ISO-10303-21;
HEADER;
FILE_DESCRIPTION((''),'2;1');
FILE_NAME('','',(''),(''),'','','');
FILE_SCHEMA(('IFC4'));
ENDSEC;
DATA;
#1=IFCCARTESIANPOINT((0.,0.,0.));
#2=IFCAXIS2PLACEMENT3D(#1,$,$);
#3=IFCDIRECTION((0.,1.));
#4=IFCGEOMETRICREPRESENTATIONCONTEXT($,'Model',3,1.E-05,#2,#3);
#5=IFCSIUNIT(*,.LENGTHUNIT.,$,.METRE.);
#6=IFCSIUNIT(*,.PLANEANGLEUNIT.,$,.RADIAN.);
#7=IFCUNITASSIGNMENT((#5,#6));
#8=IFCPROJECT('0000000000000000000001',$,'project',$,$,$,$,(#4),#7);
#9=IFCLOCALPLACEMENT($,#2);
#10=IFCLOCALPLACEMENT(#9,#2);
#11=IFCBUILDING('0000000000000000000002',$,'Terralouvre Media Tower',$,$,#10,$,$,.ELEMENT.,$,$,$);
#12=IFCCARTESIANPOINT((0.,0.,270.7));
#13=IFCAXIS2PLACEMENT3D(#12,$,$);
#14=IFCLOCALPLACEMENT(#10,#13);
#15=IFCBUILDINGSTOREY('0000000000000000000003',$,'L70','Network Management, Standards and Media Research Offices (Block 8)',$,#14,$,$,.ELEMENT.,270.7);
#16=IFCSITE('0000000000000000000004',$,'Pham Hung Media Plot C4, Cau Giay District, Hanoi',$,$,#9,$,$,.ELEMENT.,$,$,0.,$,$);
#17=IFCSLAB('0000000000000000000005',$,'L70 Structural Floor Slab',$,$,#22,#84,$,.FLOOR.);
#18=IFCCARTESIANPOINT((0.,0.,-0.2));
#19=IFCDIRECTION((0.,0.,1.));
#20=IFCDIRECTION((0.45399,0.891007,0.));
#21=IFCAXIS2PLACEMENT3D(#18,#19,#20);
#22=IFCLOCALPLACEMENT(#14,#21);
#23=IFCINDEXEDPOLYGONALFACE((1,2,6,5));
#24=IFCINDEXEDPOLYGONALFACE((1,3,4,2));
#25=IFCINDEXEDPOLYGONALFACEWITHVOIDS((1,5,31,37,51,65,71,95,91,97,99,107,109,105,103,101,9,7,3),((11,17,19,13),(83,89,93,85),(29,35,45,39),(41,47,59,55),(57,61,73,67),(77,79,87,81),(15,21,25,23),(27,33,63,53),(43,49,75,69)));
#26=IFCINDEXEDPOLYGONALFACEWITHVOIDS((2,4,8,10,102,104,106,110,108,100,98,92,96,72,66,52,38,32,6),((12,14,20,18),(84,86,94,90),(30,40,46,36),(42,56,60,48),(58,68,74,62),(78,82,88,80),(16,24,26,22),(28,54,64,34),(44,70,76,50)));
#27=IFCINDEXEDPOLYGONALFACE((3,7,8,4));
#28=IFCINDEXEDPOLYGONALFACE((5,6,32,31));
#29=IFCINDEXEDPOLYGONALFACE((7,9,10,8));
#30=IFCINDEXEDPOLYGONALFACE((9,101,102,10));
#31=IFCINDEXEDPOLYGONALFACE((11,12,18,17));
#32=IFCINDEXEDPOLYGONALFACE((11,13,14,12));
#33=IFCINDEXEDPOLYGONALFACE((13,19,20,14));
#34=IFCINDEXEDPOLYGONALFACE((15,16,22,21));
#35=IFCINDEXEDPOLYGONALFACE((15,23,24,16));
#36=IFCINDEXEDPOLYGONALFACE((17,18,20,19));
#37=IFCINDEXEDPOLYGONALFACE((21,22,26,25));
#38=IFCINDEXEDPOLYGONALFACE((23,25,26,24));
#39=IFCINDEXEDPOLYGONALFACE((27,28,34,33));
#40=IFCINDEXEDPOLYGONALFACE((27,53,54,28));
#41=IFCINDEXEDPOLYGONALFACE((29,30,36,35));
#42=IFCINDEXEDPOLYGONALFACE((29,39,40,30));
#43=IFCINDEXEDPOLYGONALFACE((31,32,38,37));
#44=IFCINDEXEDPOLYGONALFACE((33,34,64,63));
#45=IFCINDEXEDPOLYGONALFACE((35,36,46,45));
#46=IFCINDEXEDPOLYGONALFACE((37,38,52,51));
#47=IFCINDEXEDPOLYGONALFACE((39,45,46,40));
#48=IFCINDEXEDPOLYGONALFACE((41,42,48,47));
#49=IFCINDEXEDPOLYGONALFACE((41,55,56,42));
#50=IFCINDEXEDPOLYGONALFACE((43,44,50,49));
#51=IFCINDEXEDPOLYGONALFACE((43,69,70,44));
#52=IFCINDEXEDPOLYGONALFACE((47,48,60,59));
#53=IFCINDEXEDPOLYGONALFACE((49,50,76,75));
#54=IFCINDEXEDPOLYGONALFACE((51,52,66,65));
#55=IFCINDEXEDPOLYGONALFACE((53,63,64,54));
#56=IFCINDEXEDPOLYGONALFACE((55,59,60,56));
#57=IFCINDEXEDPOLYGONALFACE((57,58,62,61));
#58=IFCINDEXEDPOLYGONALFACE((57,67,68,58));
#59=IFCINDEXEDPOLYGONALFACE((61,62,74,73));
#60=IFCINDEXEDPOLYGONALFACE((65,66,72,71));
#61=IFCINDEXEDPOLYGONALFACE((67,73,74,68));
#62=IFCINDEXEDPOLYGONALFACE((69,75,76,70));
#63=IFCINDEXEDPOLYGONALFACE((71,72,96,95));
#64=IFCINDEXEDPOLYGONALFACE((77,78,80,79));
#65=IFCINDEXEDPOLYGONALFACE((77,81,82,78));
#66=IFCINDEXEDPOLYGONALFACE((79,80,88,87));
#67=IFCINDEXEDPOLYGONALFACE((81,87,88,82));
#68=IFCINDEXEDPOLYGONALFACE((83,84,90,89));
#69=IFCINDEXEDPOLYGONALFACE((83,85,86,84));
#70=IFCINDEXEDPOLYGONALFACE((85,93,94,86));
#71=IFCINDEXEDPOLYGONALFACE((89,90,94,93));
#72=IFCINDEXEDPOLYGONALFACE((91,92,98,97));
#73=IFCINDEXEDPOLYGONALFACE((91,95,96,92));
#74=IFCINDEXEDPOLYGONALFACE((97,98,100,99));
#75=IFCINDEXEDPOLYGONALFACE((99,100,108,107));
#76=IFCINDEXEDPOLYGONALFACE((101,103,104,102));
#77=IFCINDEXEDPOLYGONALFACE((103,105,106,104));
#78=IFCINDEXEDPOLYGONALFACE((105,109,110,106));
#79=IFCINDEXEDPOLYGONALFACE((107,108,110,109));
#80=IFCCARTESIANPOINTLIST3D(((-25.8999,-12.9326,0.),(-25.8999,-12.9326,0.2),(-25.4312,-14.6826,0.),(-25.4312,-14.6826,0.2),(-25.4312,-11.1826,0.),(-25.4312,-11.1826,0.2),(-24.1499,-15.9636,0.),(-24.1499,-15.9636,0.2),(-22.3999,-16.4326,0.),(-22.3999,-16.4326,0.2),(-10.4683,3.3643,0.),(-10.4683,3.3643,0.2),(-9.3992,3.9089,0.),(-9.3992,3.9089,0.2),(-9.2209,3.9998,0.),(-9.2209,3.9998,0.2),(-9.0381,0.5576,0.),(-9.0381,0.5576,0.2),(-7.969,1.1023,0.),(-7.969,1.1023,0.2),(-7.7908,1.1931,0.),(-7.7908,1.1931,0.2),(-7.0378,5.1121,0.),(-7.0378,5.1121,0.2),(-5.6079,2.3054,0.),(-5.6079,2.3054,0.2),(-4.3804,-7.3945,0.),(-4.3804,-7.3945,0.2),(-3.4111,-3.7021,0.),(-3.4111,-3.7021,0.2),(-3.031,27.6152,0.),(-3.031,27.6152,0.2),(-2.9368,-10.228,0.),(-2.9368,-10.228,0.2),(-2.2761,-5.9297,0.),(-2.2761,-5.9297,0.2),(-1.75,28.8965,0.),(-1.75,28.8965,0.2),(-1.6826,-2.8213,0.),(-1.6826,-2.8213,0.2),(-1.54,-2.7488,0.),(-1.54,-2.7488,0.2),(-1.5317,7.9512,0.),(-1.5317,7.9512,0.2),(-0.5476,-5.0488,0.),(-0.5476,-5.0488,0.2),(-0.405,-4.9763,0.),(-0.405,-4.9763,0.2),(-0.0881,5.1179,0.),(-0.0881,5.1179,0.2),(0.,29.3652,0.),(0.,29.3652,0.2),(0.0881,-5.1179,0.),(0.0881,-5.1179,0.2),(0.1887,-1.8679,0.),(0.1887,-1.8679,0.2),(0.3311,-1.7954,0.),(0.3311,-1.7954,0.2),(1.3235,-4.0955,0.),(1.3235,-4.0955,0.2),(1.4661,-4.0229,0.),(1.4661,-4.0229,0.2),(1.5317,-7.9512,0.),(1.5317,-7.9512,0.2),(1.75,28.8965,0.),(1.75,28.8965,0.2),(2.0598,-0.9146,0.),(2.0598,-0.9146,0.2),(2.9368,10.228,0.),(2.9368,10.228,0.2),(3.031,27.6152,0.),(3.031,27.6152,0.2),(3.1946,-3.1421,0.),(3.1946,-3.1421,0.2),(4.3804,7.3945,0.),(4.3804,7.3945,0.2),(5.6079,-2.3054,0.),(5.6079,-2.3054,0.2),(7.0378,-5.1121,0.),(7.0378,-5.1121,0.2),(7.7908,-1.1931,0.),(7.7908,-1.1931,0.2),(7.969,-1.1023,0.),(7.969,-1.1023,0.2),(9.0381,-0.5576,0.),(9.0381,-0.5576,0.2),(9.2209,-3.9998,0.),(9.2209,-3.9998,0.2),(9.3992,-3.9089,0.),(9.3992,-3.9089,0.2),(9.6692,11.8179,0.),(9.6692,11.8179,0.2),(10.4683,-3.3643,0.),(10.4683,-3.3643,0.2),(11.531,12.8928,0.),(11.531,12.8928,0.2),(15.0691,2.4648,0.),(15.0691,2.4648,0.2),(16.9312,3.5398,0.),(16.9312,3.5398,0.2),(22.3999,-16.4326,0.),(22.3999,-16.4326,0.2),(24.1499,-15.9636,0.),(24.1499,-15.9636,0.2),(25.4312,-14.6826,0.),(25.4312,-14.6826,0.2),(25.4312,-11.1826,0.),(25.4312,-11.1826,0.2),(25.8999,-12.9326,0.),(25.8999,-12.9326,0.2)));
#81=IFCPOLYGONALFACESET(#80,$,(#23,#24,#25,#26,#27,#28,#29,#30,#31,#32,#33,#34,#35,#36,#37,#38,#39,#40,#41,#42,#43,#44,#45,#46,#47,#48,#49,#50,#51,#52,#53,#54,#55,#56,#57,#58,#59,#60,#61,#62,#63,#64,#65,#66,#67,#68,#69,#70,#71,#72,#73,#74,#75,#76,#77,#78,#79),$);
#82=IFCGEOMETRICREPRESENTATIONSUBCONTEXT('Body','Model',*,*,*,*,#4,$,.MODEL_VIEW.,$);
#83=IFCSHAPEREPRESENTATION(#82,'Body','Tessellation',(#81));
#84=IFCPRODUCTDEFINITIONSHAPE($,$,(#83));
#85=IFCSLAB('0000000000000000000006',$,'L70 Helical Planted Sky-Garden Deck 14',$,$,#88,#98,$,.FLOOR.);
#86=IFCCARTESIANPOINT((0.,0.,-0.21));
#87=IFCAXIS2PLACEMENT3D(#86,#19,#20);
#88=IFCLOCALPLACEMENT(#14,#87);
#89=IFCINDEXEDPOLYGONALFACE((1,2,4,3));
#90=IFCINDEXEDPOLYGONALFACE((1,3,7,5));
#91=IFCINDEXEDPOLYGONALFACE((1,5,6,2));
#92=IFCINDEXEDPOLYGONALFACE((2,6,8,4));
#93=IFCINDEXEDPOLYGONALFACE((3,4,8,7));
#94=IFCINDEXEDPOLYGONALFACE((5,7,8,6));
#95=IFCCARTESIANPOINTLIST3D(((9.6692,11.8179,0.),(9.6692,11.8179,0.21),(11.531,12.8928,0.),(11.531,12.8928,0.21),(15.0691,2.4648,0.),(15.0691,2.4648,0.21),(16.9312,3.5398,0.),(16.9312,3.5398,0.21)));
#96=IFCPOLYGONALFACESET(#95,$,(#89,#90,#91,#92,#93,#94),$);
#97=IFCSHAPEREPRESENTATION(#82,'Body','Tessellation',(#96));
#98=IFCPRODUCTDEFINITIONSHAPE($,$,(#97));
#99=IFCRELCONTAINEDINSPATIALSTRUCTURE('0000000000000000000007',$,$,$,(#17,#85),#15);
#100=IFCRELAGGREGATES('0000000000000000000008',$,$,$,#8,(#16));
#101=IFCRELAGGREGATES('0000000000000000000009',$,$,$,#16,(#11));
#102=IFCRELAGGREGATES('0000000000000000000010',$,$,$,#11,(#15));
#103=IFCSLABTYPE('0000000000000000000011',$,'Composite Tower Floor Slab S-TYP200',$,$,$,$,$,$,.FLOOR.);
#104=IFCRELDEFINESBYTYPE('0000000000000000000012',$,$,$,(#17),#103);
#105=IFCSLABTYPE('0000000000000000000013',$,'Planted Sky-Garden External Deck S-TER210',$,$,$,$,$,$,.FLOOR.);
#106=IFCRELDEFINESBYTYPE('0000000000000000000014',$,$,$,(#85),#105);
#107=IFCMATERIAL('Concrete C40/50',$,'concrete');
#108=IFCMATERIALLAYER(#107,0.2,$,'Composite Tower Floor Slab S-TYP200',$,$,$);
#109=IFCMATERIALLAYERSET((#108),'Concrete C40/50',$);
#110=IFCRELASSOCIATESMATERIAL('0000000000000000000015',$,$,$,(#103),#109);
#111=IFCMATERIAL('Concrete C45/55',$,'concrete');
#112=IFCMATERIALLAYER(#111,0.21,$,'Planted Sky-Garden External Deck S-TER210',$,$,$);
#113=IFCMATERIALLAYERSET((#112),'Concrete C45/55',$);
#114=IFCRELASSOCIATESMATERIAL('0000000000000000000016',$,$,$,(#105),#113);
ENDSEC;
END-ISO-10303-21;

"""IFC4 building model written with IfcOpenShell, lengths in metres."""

from ifc_helpers import new_model, si_unit, direction, frame, origin, place, context, subcontext, project, spatial, polyline, outline, extrude, material, layer, layer_set, type_object, element, save


model = new_model("IFC4")

# Units and contexts
model_context = context("Model", 3, precision=1e-05, world=origin(), true_north=direction((0.0, 1.0)))
body_context = subcontext(model_context, "Body", "Model", "MODEL_VIEW")
ifc_project = project(units=[si_unit("LENGTHUNIT", "METRE"), si_unit("PLANEANGLEUNIT", "RADIAN")], contexts=[model_context])

# Site, building, storey
site_placement = place(None, origin())
site = spatial("IfcSite", under=ifc_project, at=site_placement, Name="Pham Hung Media Plot C4, Cau Giay District, Hanoi", CompositionType="ELEMENT", RefElevation=0.0)
building_placement = place(site_placement, origin())
building = spatial("IfcBuilding", under=site, at=building_placement, Name="Terralouvre Media Tower", CompositionType="ELEMENT")
storey_placement = place(building_placement, frame((0.0, 0.0, 270.7)))
storey = spatial("IfcBuildingStorey", under=building, at=storey_placement, Name="L70", Description="Network Management, Standards and Media Research Offices (Block 8)", CompositionType="ELEMENT", Elevation=270.7)

# Slabs
ifc_material_1 = material(Name="Concrete C40/50", Category="concrete")
ifc_layer_1 = layer(ifc_material_1, 0.2, Name="Composite Tower Floor Slab S-TYP200")
ifc_layer_set_1 = layer_set([ifc_layer_1], Name="Concrete C40/50")
slab_type_1 = type_object("IfcSlabType", Name="Composite Tower Floor Slab S-TYP200", PredefinedType="FLOOR", material=ifc_layer_set_1)
slab_1_placement = place(storey_placement, frame((0.0, 0.0, -0.2), z_axis=(0.0, 0.0, 1.0), x_axis=(0.45399, 0.891007, 0.0)))
element("IfcSlab", 1, at=slab_1_placement, inside=storey, type_object=slab_type_1, Name="L70 Structural Floor Slab", PredefinedType="FLOOR", context=body_context, shape_type="SweptSolid", body=[
    extrude(outline(polyline([(25.4312, -11.1826), (16.9312, 3.5398), (15.0691, 2.4648), (9.6692, 11.8179), (11.531, 12.8928), (3.031, 27.6152), (1.75, 28.8965), (0.0, 29.3652), (-1.75, 28.8965), (-3.031, 27.6152), (-25.4312, -11.1826), (-25.8999, -12.9326), (-25.4312, -14.6826), (-24.1499, -15.9636), (-22.3999, -16.4326), (22.3999, -16.4326), (24.1499, -15.9636), (25.4312, -14.6826), (25.8999, -12.9326), (25.4312, -11.1826)]), holes=[polyline([(-7.969, 1.1023), (-9.0381, 0.5576), (-10.4683, 3.3643), (-9.3992, 3.9089), (-7.969, 1.1023)]), polyline([(-5.6079, 2.3054), (-7.7908, 1.1931), (-9.2209, 3.9998), (-7.0378, 5.1121), (-5.6079, 2.3054)]), polyline([(-4.3804, -7.3945), (0.0881, -5.1179), (1.5317, -7.9512), (-2.9368, -10.228), (-4.3804, -7.3945)]), polyline([(-0.5476, -5.0488), (-2.2761, -5.9297), (-3.4111, -3.7021), (-1.6826, -2.8213), (-0.5476, -5.0488)]), polyline([(1.3235, -4.0955), (-0.405, -4.9763), (-1.54, -2.7488), (0.1887, -1.8679), (1.3235, -4.0955)]), polyline([(3.1946, -3.1421), (1.4661, -4.0229), (0.3311, -1.7954), (2.0598, -0.9146), (3.1946, -3.1421)]), polyline([(4.3804, 7.3945), (-0.0881, 5.1179), (-1.5317, 7.9512), (2.9368, 10.228), (4.3804, 7.3945)]), polyline([(7.0378, -5.1121), (5.6079, -2.3054), (7.7908, -1.1931), (9.2209, -3.9998), (7.0378, -5.1121)]), polyline([(9.3992, -3.9089), (7.969, -1.1023), (9.0381, -0.5576), (10.4683, -3.3643), (9.3992, -3.9089)])]), origin(), (0.0, 0.0, 1.0), 0.2),
])
ifc_material_2 = material(Name="Concrete C45/55", Category="concrete")
ifc_layer_2 = layer(ifc_material_2, 0.21, Name="Planted Sky-Garden External Deck S-TER210")
ifc_layer_set_2 = layer_set([ifc_layer_2], Name="Concrete C45/55")
slab_type_2 = type_object("IfcSlabType", Name="Planted Sky-Garden External Deck S-TER210", PredefinedType="FLOOR", material=ifc_layer_set_2)
slab_2_placement = place(storey_placement, frame((0.0, 0.0, -0.21), z_axis=(0.0, 0.0, 1.0), x_axis=(0.45399, 0.891007, 0.0)))
element("IfcSlab", 2, at=slab_2_placement, inside=storey, type_object=slab_type_2, Name="L70 Helical Planted Sky-Garden Deck 14", PredefinedType="FLOOR", context=body_context, shape_type="SweptSolid", body=[
    extrude(outline(polyline([(16.9312, 3.5398), (11.531, 12.8928), (9.6692, 11.8179), (15.0691, 2.4648), (16.9312, 3.5398)])), origin(), (0.0, 0.0, 1.0), 0.21),
])

save(model, "model.ifc")
